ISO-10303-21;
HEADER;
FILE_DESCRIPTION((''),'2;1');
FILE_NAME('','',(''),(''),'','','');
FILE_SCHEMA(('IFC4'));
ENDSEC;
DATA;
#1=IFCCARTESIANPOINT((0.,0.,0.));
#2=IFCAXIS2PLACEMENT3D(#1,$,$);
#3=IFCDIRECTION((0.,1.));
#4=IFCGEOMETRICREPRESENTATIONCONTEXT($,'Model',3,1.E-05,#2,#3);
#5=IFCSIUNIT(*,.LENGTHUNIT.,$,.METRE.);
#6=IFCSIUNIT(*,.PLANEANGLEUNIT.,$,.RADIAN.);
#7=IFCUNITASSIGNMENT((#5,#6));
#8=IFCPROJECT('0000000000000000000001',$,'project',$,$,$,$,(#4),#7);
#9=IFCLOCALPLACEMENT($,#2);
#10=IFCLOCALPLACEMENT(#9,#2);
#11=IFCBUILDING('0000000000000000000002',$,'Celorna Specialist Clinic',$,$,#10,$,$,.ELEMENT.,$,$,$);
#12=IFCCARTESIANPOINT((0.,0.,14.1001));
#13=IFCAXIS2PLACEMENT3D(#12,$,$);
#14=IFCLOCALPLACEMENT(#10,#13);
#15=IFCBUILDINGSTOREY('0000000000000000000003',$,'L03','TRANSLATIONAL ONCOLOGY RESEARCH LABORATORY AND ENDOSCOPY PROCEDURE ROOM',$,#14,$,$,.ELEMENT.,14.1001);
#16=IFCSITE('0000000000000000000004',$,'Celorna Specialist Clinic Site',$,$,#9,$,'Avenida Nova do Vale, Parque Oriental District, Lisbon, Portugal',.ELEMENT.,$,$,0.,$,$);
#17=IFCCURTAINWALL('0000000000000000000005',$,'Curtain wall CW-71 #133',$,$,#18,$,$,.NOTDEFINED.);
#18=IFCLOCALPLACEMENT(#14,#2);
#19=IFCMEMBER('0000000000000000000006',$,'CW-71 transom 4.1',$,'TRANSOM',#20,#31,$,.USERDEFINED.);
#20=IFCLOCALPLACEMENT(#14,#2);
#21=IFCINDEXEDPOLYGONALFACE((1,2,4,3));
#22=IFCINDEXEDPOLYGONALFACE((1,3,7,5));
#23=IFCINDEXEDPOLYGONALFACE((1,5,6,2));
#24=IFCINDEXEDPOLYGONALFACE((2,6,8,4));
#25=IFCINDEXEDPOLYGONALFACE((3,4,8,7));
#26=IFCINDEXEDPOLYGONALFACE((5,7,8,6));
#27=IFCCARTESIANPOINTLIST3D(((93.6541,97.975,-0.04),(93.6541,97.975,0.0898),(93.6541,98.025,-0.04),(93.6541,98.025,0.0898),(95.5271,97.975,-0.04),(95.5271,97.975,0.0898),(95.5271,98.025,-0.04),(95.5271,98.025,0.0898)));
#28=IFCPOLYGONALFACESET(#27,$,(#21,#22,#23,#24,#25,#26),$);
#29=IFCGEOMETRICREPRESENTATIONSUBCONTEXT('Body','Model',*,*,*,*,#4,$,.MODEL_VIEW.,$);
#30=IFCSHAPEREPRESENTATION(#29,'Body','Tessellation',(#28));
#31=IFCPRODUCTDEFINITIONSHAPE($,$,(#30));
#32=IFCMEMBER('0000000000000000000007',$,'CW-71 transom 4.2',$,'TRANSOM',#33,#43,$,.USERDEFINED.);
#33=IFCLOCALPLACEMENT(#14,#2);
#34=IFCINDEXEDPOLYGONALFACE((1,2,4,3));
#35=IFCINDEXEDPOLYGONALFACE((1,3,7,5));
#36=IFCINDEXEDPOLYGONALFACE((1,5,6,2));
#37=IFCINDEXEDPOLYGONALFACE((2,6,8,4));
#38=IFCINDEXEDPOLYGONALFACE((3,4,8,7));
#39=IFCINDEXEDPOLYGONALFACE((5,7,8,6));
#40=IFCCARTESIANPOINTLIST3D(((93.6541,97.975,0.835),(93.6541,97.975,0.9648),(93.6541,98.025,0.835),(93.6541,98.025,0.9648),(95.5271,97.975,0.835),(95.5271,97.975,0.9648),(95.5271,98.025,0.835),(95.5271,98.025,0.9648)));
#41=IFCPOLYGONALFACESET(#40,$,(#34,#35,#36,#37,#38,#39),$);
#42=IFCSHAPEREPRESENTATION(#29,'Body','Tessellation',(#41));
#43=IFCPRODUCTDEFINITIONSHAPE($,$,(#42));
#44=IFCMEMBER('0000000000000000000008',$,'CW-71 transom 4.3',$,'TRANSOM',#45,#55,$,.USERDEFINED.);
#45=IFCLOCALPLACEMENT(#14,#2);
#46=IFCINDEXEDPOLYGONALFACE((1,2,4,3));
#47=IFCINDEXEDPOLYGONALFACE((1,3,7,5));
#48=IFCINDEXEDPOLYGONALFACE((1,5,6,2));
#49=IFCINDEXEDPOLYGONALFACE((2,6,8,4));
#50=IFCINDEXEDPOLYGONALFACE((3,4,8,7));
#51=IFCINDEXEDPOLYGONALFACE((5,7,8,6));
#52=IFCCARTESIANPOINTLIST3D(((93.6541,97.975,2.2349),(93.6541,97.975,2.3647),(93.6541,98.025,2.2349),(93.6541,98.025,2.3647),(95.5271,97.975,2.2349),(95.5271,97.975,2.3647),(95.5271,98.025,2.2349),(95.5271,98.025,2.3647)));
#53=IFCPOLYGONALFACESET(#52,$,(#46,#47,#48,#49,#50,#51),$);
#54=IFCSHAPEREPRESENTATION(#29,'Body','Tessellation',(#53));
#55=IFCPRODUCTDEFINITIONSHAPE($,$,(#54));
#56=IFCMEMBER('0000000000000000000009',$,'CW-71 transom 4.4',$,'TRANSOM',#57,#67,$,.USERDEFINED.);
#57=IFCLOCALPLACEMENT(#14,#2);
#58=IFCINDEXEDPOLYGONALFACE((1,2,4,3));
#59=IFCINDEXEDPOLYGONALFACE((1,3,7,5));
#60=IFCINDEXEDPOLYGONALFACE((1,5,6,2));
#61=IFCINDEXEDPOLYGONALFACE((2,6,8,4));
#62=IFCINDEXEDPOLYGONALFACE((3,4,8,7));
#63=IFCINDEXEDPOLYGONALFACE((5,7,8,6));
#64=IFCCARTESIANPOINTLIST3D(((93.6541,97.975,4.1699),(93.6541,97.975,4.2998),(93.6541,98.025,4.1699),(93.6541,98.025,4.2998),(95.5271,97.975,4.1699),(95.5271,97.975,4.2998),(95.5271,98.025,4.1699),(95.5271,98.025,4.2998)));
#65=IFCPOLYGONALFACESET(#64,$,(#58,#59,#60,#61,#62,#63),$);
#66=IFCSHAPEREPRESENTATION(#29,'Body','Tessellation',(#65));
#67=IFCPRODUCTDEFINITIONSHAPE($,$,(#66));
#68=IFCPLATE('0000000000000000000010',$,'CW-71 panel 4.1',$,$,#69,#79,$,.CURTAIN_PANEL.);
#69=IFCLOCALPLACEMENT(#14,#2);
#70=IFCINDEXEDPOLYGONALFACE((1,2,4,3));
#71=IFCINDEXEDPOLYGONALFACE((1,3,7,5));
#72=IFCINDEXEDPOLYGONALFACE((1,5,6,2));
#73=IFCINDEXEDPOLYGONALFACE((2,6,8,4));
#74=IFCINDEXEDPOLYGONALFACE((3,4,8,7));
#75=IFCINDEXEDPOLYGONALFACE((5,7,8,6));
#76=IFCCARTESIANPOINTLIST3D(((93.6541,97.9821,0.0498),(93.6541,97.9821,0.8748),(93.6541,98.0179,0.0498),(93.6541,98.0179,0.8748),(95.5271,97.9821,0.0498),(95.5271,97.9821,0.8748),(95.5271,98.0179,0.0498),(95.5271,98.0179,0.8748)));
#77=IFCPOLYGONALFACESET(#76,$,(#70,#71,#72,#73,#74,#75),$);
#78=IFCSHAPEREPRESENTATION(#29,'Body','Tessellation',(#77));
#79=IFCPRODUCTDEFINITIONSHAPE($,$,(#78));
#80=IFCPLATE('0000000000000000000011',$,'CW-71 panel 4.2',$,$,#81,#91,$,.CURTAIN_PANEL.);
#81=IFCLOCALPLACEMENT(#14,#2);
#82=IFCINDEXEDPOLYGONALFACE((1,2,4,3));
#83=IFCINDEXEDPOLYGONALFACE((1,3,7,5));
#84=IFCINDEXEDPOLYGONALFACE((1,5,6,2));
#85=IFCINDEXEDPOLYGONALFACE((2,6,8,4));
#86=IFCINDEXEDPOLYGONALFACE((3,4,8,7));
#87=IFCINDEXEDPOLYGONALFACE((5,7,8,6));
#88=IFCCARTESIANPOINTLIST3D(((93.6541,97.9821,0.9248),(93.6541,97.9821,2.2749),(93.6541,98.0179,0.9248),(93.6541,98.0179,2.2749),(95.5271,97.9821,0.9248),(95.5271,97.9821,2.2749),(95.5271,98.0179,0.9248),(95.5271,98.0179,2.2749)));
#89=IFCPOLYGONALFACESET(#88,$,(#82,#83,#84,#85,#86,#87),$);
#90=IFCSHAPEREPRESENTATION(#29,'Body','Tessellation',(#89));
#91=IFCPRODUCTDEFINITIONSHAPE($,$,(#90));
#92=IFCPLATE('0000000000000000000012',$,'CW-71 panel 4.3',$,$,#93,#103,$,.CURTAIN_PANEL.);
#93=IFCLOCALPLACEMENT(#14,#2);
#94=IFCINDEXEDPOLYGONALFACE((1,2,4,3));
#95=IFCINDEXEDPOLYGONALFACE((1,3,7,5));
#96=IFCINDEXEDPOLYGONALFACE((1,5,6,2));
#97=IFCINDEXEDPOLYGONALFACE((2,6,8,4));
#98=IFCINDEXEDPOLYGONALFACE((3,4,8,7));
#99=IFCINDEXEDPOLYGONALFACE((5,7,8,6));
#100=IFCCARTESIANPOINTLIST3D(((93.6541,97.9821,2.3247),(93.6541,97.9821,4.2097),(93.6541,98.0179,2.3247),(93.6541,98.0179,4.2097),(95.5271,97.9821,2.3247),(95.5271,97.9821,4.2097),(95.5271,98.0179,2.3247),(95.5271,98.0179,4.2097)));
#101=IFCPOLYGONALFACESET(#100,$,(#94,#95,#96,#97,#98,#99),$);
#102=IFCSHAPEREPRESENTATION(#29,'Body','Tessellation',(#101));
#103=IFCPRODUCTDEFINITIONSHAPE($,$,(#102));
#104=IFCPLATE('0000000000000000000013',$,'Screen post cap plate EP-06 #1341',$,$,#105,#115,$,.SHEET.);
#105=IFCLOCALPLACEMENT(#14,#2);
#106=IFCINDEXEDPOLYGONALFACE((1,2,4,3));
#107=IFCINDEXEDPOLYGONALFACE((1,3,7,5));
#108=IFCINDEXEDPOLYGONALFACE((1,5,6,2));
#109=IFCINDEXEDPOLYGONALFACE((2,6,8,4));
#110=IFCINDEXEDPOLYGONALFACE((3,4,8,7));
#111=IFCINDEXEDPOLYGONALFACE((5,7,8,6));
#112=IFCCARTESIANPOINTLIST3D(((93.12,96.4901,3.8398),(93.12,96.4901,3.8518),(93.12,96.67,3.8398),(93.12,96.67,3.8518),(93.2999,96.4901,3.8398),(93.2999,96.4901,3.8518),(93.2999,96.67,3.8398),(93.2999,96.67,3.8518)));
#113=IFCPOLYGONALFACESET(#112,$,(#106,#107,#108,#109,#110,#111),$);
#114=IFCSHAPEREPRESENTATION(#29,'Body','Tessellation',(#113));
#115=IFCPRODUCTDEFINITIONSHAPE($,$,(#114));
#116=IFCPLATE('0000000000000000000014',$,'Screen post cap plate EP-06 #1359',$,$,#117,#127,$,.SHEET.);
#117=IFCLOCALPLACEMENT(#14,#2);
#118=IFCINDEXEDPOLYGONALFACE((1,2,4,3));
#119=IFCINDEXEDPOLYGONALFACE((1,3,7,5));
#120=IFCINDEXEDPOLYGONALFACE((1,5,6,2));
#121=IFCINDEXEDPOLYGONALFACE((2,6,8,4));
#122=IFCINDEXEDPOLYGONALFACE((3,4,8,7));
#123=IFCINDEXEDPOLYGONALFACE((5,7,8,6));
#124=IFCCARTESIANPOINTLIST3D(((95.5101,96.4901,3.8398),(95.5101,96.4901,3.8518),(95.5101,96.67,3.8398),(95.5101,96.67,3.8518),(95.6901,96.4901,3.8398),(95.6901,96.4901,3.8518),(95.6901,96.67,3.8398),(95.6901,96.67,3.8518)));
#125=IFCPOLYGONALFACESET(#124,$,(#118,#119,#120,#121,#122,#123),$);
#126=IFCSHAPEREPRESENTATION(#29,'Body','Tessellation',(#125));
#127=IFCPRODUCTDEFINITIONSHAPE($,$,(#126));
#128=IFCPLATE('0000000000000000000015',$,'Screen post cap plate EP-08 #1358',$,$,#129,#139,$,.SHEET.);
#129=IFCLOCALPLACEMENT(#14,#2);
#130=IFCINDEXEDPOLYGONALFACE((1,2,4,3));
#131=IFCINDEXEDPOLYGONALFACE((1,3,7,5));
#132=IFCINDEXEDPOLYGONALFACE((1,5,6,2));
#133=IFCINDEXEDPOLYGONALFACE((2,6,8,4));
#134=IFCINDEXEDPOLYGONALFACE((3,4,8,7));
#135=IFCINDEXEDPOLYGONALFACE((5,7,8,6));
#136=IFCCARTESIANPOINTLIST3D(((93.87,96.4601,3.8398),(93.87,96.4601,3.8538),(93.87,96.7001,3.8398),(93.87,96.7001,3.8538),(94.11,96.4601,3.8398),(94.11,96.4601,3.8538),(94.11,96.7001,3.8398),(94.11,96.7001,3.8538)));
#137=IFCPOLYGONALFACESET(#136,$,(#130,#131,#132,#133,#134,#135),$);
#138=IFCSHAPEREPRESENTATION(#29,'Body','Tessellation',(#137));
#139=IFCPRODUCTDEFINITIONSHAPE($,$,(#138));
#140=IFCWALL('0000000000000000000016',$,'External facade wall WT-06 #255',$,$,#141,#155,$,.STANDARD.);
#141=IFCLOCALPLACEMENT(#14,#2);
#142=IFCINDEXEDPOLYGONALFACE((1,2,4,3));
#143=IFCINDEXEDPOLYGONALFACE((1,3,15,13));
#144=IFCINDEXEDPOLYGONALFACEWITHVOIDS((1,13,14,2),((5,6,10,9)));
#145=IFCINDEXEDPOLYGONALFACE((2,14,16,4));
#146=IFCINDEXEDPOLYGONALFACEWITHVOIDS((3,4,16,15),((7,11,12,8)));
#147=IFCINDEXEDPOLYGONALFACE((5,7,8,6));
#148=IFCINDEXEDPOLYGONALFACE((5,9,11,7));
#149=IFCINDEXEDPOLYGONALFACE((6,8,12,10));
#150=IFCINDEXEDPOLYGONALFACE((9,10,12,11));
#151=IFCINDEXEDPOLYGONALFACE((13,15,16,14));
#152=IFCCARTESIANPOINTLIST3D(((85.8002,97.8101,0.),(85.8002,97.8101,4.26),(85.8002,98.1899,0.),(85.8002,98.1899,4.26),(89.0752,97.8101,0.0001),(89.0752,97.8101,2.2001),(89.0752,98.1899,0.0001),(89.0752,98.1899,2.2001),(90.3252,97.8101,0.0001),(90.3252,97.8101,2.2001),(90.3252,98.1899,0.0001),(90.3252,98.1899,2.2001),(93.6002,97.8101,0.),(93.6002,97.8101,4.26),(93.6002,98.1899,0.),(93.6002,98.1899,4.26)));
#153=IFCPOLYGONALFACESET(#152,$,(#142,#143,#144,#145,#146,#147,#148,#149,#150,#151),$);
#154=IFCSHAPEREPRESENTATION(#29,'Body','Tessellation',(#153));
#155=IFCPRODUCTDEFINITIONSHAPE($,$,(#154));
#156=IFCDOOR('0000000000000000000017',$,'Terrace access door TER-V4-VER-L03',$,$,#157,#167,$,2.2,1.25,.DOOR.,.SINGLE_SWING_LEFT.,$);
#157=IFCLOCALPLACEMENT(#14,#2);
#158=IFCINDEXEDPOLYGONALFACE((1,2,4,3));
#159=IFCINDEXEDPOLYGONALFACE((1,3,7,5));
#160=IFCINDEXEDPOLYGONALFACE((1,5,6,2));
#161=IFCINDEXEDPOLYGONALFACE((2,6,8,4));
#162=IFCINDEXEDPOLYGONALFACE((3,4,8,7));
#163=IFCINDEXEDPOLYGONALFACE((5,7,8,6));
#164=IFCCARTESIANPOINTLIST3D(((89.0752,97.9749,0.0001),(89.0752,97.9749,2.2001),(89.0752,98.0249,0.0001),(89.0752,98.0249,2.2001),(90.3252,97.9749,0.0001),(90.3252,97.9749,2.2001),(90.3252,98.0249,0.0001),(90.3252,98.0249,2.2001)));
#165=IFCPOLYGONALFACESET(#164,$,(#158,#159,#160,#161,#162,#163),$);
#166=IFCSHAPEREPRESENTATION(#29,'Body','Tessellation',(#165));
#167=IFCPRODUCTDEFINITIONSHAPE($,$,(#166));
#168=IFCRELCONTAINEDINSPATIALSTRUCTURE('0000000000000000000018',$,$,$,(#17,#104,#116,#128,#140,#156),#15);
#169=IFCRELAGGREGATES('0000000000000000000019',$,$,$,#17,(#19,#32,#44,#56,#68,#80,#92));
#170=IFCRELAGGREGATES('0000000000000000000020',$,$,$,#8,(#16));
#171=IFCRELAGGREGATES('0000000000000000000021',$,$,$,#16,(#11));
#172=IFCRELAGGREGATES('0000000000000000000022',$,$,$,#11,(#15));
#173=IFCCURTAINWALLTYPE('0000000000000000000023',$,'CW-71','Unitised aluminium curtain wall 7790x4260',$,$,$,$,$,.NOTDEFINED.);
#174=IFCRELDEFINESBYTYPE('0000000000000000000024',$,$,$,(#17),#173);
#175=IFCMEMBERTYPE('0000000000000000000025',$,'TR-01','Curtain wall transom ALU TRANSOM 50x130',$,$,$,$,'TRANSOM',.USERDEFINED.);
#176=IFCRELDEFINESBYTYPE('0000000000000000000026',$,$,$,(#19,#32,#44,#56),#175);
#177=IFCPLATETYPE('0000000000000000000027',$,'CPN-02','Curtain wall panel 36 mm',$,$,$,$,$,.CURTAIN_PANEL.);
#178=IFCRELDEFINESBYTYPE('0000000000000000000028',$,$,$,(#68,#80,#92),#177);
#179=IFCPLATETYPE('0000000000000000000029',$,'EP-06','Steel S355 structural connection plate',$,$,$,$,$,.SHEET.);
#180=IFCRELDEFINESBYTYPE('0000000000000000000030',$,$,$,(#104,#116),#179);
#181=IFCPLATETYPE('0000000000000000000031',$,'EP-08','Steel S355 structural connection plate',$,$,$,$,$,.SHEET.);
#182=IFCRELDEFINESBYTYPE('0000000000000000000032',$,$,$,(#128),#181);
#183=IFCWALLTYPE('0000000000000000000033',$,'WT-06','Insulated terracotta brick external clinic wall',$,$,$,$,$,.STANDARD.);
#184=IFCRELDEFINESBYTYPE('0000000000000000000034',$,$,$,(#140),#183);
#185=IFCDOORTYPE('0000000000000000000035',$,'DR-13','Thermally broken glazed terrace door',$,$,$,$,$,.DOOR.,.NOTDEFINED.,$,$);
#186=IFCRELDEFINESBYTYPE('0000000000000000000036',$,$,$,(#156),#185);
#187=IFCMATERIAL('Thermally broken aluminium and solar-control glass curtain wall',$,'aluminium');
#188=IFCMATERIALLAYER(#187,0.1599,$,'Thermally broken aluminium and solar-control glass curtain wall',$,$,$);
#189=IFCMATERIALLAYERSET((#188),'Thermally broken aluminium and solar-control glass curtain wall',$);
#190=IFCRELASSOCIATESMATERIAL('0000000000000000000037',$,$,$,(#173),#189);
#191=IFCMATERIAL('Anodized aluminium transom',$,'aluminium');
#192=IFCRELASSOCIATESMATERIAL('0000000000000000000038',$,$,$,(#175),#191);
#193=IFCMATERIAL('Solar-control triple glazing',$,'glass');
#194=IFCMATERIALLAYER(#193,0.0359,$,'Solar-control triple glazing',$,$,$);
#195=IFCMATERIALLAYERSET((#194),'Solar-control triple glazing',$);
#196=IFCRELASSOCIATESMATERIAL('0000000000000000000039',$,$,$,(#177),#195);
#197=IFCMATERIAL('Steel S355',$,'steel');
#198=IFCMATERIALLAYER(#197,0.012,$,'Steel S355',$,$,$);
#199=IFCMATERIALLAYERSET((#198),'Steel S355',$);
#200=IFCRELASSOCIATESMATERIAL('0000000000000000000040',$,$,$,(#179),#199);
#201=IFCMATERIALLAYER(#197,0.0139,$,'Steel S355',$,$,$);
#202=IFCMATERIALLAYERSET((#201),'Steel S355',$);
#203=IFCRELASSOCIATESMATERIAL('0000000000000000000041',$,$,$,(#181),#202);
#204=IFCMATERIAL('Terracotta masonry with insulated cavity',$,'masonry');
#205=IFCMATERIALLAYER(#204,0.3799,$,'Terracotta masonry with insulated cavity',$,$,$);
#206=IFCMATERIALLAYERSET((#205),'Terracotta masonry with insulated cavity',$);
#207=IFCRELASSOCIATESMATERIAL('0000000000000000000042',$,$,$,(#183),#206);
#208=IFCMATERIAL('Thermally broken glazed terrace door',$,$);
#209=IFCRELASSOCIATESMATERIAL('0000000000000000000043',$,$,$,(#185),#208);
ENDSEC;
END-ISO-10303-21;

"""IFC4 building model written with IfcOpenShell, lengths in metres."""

from ifc_helpers import new_model, si_unit, direction, frame, frame_2d, origin, origin_2d, place, context, subcontext, project, spatial, rectangle, extrude, material, layer, layer_set, material_profile, profile_set, type_object, element, fill, aggregate, save


model = new_model("IFC4")

# Units and contexts
model_context = context("Model", 3, precision=1e-05, world=origin(), true_north=direction((0.0, 1.0)))
body_context = subcontext(model_context, "Body", "Model", "MODEL_VIEW")
ifc_project = project(units=[si_unit("LENGTHUNIT", "METRE"), si_unit("PLANEANGLEUNIT", "RADIAN")], contexts=[model_context])

# Site, building, storey
site_placement = place(None, origin())
site = spatial("IfcSite", under=ifc_project, at=site_placement, Name="Celorna Specialist Clinic Site", LongName="Avenida Nova do Vale, Parque Oriental District, Lisbon, Portugal", CompositionType="ELEMENT", RefElevation=0.0)
building_placement = place(site_placement, origin())
building = spatial("IfcBuilding", under=site, at=building_placement, Name="Celorna Specialist Clinic", CompositionType="ELEMENT")
storey_placement = place(building_placement, frame((0.0, 0.0, 14.1001)))
storey = spatial("IfcBuildingStorey", under=building, at=storey_placement, Name="L03", Description="TRANSLATIONAL ONCOLOGY RESEARCH LABORATORY AND ENDOSCOPY PROCEDURE ROOM", CompositionType="ELEMENT", Elevation=14.1001)

# Shared definitions
ifc_material_1 = material(Name="Steel S355", Category="steel")

# Curtain wall, members, plates
ifc_material_2 = material(Name="Thermally broken aluminium and solar-control glass curtain wall", Category="aluminium")
ifc_layer_1 = layer(ifc_material_2, 0.1599, Name="Thermally broken aluminium and solar-control glass curtain wall")
ifc_layer_set_1 = layer_set([ifc_layer_1], Name="Thermally broken aluminium and solar-control glass curtain wall")
curtain_wall_type = type_object("IfcCurtainWallType", Name="CW-71", Description="Unitised aluminium curtain wall 7790x4260", PredefinedType="NOTDEFINED", material=ifc_layer_set_1)
curtain_wall_placement = place(storey_placement, origin())
curtain_wall = element("IfcCurtainWall", 1, at=curtain_wall_placement, inside=storey, type_object=curtain_wall_type, Name="Curtain wall CW-71 #133", PredefinedType="NOTDEFINED")
ifc_material_3 = material(Name="Anodized aluminium transom", Category="aluminium")
ifc_material_profile_1 = material_profile(ifc_material_3, rectangle(XDim=0.05, YDim=0.1299, at=origin_2d()), Name="ALU TRANSOM 50x130")
ifc_profile_set_1 = profile_set([ifc_material_profile_1], Name="Anodized aluminium transom")
member_type_1 = type_object("IfcMemberType", Name="TR-01", Description="Curtain wall transom ALU TRANSOM 50x130", ElementType="TRANSOM", PredefinedType="USERDEFINED", material=ifc_profile_set_1)
member_1_placement = place(storey_placement, frame((95.5271, 98.0, 0.0249), z_axis=(-1.0, 0.0, 0.0), x_axis=(0.0, -1.0, 0.0)))
member_1 = element("IfcMember", 2, at=member_1_placement, type_object=member_type_1, Name="CW-71 transom 4.1", ObjectType="TRANSOM", PredefinedType="USERDEFINED", context=body_context, shape_type="SweptSolid", body=[
    extrude(rectangle(XDim=0.05, YDim=0.1299, at=origin_2d()), origin(), (0.0, 0.0, 1.0), 1.873),
])
member_2_placement = place(storey_placement, frame((95.5271, 98.0, 0.8999), z_axis=(-1.0, 0.0, 0.0), x_axis=(0.0, -1.0, 0.0)))
member_2 = element("IfcMember", 3, at=member_2_placement, type_object=member_type_1, Name="CW-71 transom 4.2", ObjectType="TRANSOM", PredefinedType="USERDEFINED", context=body_context, shape_type="SweptSolid", body=[
    extrude(rectangle(XDim=0.05, YDim=0.1299, at=origin_2d()), origin(), (0.0, 0.0, 1.0), 1.873),
])
member_3_placement = place(storey_placement, frame((95.5271, 98.0, 2.2998), z_axis=(-1.0, 0.0, 0.0), x_axis=(0.0, -1.0, 0.0)))
member_3 = element("IfcMember", 4, at=member_3_placement, type_object=member_type_1, Name="CW-71 transom 4.3", ObjectType="TRANSOM", PredefinedType="USERDEFINED", context=body_context, shape_type="SweptSolid", body=[
    extrude(rectangle(XDim=0.05, YDim=0.1299, at=origin_2d()), origin(), (0.0, 0.0, 1.0), 1.873),
])
member_4_placement = place(storey_placement, frame((95.5271, 98.0, 4.2349), z_axis=(-1.0, 0.0, 0.0), x_axis=(0.0, -1.0, 0.0)))
member_4 = element("IfcMember", 5, at=member_4_placement, type_object=member_type_1, Name="CW-71 transom 4.4", ObjectType="TRANSOM", PredefinedType="USERDEFINED", context=body_context, shape_type="SweptSolid", body=[
    extrude(rectangle(XDim=0.05, YDim=0.1299, at=origin_2d()), origin(), (0.0, 0.0, 1.0), 1.873),
])
ifc_material_4 = material(Name="Solar-control triple glazing", Category="glass")
ifc_layer_2 = layer(ifc_material_4, 0.0359, Name="Solar-control triple glazing")
ifc_layer_set_2 = layer_set([ifc_layer_2], Name="Solar-control triple glazing")
plate_type_1 = type_object("IfcPlateType", Name="CPN-02", Description="Curtain wall panel 36 mm", PredefinedType="CURTAIN_PANEL", material=ifc_layer_set_2)
plate_1_placement = place(storey_placement, frame((94.5906, 98.0, 0.0498), z_axis=(0.0, 0.0, 1.0), x_axis=(-1.0, 0.0, 0.0)))
plate_1 = element("IfcPlate", 6, at=plate_1_placement, type_object=plate_type_1, Name="CW-71 panel 4.1", PredefinedType="CURTAIN_PANEL", context=body_context, shape_type="SweptSolid", body=[
    extrude(rectangle(XDim=1.873, YDim=0.0359, at=origin_2d()), origin(), (0.0, 0.0, 1.0), 0.825),
])
plate_2_placement = place(storey_placement, frame((94.5906, 98.0, 0.9248), z_axis=(0.0, 0.0, 1.0), x_axis=(-1.0, 0.0, 0.0)))
plate_2 = element("IfcPlate", 7, at=plate_2_placement, type_object=plate_type_1, Name="CW-71 panel 4.2", PredefinedType="CURTAIN_PANEL", context=body_context, shape_type="SweptSolid", body=[
    extrude(rectangle(XDim=1.873, YDim=0.0359, at=origin_2d()), origin(), (0.0, 0.0, 1.0), 1.3501),
])
plate_3_placement = place(storey_placement, frame((94.5906, 98.0, 2.3247), z_axis=(0.0, 0.0, 1.0), x_axis=(-1.0, 0.0, 0.0)))
plate_3 = element("IfcPlate", 8, at=plate_3_placement, type_object=plate_type_1, Name="CW-71 panel 4.3", PredefinedType="CURTAIN_PANEL", context=body_context, shape_type="SweptSolid", body=[
    extrude(rectangle(XDim=1.873, YDim=0.0359, at=origin_2d()), origin(), (0.0, 0.0, 1.0), 1.885),
])
aggregate(curtain_wall, [member_1, member_2, member_3, member_4, plate_1, plate_2, plate_3])

# Plates
ifc_layer_3 = layer(ifc_material_1, 0.012, Name="Steel S355")
ifc_layer_set_3 = layer_set([ifc_layer_3], Name="Steel S355")
plate_type_2 = type_object("IfcPlateType", Name="EP-06", Description="Steel S355 structural connection plate", PredefinedType="SHEET", material=ifc_layer_set_3)
for number, where, z_axis, x_axis, name in (
    (9, (93.21, 96.5801, 3.8398), (0.0, 0.0, 1.0), (1.0, 0.0, 0.0), "Screen post cap plate EP-06 #1341"),
    (10, (95.6001, 96.5801, 3.8398), (0.0, 0.0, 1.0), (1.0, 0.0, 0.0), "Screen post cap plate EP-06 #1359"),
):
    element("IfcPlate", number, at=place(storey_placement, frame(where, z_axis=z_axis, x_axis=x_axis)), inside=storey, type_object=plate_type_2, Name=name, PredefinedType="SHEET", context=body_context, shape_type="SweptSolid", body=[
        extrude(rectangle(XDim=0.1799, YDim=0.1799, at=origin_2d()), origin(), (0.0, 0.0, 1.0), 0.012),
    ])
ifc_layer_4 = layer(ifc_material_1, 0.0139, Name="Steel S355")
ifc_layer_set_4 = layer_set([ifc_layer_4], Name="Steel S355")
plate_type_3 = type_object("IfcPlateType", Name="EP-08", Description="Steel S355 structural connection plate", PredefinedType="SHEET", material=ifc_layer_set_4)
plate_4_placement = place(storey_placement, frame((93.99, 96.5801, 3.8398), z_axis=(0.0, 0.0, 1.0), x_axis=(1.0, 0.0, 0.0)))
element("IfcPlate", 11, at=plate_4_placement, inside=storey, type_object=plate_type_3, Name="Screen post cap plate EP-08 #1358", PredefinedType="SHEET", context=body_context, shape_type="SweptSolid", body=[
    extrude(rectangle(XDim=0.24, YDim=0.24, at=origin_2d()), origin(), (0.0, 0.0, 1.0), 0.0139),
])

# Wall, opening, door
ifc_material_5 = material(Name="Terracotta masonry with insulated cavity", Category="masonry")
ifc_layer_5 = layer(ifc_material_5, 0.3799, Name="Terracotta masonry with insulated cavity")
ifc_layer_set_5 = layer_set([ifc_layer_5], Name="Terracotta masonry with insulated cavity")
wall_type = type_object("IfcWallType", Name="WT-06", Description="Insulated terracotta brick external clinic wall", PredefinedType="STANDARD", material=ifc_layer_set_5)
wall_placement = place(storey_placement, frame((93.6001, 98.0, 0.0), z_axis=(0.0, 0.0, 1.0), x_axis=(-1.0, 0.0, 0.0)))
wall = element("IfcWall", 12, at=wall_placement, inside=storey, type_object=wall_type, Name="External facade wall WT-06 #255", PredefinedType="STANDARD", context=body_context, shape_type="SweptSolid", body=[
    extrude(rectangle(XDim=7.8, YDim=0.3799, at=frame_2d((3.8999, 0.0))), origin(), (0.0, 0.0, 1.0), 4.26),
])
opening_placement = place(wall_placement, frame((3.2749, 0.0, 0.0)))
opening = element("IfcOpeningElement", 13, at=opening_placement, cuts=wall, PredefinedType="OPENING", context=body_context, shape_type="SweptSolid", body=[
    extrude(rectangle(XDim=1.25, YDim=2.2, at=frame_2d((0.625, 1.1001))), frame((0.0, 0.2, 0.0), z_axis=(0.0, -1.0, 0.0), x_axis=(1.0, 0.0, 0.0)), (0.0, 0.0, 1.0), 0.3999),
])
ifc_material_6 = material(Name="Thermally broken glazed terrace door")
door_type = type_object("IfcDoorType", Name="DR-13", Description="Thermally broken glazed terrace door", OperationType="NOTDEFINED", PredefinedType="DOOR", material=ifc_material_6)
door_placement = place(opening_placement, frame((1.25, 0.0, 0.0), z_axis=(0.0, 0.0, 1.0), x_axis=(-1.0, 0.0, 0.0)))
door = element("IfcDoor", 14, at=door_placement, inside=storey, type_object=door_type, Name="Terrace access door TER-V4-VER-L03", OperationType="SINGLE_SWING_LEFT", OverallHeight=2.2, OverallWidth=1.25, PredefinedType="DOOR", context=body_context, shape_type="SweptSolid", body=[
    extrude(rectangle(XDim=1.25, YDim=2.2, at=frame_2d((0.625, 1.1001))), frame((0.0, 0.0249, 0.0), z_axis=(0.0, -1.0, 0.0), x_axis=(1.0, 0.0, 0.0)), (0.0, 0.0, 1.0), 0.05),
])
fill(opening, door)

save(model, "model.ifc")
